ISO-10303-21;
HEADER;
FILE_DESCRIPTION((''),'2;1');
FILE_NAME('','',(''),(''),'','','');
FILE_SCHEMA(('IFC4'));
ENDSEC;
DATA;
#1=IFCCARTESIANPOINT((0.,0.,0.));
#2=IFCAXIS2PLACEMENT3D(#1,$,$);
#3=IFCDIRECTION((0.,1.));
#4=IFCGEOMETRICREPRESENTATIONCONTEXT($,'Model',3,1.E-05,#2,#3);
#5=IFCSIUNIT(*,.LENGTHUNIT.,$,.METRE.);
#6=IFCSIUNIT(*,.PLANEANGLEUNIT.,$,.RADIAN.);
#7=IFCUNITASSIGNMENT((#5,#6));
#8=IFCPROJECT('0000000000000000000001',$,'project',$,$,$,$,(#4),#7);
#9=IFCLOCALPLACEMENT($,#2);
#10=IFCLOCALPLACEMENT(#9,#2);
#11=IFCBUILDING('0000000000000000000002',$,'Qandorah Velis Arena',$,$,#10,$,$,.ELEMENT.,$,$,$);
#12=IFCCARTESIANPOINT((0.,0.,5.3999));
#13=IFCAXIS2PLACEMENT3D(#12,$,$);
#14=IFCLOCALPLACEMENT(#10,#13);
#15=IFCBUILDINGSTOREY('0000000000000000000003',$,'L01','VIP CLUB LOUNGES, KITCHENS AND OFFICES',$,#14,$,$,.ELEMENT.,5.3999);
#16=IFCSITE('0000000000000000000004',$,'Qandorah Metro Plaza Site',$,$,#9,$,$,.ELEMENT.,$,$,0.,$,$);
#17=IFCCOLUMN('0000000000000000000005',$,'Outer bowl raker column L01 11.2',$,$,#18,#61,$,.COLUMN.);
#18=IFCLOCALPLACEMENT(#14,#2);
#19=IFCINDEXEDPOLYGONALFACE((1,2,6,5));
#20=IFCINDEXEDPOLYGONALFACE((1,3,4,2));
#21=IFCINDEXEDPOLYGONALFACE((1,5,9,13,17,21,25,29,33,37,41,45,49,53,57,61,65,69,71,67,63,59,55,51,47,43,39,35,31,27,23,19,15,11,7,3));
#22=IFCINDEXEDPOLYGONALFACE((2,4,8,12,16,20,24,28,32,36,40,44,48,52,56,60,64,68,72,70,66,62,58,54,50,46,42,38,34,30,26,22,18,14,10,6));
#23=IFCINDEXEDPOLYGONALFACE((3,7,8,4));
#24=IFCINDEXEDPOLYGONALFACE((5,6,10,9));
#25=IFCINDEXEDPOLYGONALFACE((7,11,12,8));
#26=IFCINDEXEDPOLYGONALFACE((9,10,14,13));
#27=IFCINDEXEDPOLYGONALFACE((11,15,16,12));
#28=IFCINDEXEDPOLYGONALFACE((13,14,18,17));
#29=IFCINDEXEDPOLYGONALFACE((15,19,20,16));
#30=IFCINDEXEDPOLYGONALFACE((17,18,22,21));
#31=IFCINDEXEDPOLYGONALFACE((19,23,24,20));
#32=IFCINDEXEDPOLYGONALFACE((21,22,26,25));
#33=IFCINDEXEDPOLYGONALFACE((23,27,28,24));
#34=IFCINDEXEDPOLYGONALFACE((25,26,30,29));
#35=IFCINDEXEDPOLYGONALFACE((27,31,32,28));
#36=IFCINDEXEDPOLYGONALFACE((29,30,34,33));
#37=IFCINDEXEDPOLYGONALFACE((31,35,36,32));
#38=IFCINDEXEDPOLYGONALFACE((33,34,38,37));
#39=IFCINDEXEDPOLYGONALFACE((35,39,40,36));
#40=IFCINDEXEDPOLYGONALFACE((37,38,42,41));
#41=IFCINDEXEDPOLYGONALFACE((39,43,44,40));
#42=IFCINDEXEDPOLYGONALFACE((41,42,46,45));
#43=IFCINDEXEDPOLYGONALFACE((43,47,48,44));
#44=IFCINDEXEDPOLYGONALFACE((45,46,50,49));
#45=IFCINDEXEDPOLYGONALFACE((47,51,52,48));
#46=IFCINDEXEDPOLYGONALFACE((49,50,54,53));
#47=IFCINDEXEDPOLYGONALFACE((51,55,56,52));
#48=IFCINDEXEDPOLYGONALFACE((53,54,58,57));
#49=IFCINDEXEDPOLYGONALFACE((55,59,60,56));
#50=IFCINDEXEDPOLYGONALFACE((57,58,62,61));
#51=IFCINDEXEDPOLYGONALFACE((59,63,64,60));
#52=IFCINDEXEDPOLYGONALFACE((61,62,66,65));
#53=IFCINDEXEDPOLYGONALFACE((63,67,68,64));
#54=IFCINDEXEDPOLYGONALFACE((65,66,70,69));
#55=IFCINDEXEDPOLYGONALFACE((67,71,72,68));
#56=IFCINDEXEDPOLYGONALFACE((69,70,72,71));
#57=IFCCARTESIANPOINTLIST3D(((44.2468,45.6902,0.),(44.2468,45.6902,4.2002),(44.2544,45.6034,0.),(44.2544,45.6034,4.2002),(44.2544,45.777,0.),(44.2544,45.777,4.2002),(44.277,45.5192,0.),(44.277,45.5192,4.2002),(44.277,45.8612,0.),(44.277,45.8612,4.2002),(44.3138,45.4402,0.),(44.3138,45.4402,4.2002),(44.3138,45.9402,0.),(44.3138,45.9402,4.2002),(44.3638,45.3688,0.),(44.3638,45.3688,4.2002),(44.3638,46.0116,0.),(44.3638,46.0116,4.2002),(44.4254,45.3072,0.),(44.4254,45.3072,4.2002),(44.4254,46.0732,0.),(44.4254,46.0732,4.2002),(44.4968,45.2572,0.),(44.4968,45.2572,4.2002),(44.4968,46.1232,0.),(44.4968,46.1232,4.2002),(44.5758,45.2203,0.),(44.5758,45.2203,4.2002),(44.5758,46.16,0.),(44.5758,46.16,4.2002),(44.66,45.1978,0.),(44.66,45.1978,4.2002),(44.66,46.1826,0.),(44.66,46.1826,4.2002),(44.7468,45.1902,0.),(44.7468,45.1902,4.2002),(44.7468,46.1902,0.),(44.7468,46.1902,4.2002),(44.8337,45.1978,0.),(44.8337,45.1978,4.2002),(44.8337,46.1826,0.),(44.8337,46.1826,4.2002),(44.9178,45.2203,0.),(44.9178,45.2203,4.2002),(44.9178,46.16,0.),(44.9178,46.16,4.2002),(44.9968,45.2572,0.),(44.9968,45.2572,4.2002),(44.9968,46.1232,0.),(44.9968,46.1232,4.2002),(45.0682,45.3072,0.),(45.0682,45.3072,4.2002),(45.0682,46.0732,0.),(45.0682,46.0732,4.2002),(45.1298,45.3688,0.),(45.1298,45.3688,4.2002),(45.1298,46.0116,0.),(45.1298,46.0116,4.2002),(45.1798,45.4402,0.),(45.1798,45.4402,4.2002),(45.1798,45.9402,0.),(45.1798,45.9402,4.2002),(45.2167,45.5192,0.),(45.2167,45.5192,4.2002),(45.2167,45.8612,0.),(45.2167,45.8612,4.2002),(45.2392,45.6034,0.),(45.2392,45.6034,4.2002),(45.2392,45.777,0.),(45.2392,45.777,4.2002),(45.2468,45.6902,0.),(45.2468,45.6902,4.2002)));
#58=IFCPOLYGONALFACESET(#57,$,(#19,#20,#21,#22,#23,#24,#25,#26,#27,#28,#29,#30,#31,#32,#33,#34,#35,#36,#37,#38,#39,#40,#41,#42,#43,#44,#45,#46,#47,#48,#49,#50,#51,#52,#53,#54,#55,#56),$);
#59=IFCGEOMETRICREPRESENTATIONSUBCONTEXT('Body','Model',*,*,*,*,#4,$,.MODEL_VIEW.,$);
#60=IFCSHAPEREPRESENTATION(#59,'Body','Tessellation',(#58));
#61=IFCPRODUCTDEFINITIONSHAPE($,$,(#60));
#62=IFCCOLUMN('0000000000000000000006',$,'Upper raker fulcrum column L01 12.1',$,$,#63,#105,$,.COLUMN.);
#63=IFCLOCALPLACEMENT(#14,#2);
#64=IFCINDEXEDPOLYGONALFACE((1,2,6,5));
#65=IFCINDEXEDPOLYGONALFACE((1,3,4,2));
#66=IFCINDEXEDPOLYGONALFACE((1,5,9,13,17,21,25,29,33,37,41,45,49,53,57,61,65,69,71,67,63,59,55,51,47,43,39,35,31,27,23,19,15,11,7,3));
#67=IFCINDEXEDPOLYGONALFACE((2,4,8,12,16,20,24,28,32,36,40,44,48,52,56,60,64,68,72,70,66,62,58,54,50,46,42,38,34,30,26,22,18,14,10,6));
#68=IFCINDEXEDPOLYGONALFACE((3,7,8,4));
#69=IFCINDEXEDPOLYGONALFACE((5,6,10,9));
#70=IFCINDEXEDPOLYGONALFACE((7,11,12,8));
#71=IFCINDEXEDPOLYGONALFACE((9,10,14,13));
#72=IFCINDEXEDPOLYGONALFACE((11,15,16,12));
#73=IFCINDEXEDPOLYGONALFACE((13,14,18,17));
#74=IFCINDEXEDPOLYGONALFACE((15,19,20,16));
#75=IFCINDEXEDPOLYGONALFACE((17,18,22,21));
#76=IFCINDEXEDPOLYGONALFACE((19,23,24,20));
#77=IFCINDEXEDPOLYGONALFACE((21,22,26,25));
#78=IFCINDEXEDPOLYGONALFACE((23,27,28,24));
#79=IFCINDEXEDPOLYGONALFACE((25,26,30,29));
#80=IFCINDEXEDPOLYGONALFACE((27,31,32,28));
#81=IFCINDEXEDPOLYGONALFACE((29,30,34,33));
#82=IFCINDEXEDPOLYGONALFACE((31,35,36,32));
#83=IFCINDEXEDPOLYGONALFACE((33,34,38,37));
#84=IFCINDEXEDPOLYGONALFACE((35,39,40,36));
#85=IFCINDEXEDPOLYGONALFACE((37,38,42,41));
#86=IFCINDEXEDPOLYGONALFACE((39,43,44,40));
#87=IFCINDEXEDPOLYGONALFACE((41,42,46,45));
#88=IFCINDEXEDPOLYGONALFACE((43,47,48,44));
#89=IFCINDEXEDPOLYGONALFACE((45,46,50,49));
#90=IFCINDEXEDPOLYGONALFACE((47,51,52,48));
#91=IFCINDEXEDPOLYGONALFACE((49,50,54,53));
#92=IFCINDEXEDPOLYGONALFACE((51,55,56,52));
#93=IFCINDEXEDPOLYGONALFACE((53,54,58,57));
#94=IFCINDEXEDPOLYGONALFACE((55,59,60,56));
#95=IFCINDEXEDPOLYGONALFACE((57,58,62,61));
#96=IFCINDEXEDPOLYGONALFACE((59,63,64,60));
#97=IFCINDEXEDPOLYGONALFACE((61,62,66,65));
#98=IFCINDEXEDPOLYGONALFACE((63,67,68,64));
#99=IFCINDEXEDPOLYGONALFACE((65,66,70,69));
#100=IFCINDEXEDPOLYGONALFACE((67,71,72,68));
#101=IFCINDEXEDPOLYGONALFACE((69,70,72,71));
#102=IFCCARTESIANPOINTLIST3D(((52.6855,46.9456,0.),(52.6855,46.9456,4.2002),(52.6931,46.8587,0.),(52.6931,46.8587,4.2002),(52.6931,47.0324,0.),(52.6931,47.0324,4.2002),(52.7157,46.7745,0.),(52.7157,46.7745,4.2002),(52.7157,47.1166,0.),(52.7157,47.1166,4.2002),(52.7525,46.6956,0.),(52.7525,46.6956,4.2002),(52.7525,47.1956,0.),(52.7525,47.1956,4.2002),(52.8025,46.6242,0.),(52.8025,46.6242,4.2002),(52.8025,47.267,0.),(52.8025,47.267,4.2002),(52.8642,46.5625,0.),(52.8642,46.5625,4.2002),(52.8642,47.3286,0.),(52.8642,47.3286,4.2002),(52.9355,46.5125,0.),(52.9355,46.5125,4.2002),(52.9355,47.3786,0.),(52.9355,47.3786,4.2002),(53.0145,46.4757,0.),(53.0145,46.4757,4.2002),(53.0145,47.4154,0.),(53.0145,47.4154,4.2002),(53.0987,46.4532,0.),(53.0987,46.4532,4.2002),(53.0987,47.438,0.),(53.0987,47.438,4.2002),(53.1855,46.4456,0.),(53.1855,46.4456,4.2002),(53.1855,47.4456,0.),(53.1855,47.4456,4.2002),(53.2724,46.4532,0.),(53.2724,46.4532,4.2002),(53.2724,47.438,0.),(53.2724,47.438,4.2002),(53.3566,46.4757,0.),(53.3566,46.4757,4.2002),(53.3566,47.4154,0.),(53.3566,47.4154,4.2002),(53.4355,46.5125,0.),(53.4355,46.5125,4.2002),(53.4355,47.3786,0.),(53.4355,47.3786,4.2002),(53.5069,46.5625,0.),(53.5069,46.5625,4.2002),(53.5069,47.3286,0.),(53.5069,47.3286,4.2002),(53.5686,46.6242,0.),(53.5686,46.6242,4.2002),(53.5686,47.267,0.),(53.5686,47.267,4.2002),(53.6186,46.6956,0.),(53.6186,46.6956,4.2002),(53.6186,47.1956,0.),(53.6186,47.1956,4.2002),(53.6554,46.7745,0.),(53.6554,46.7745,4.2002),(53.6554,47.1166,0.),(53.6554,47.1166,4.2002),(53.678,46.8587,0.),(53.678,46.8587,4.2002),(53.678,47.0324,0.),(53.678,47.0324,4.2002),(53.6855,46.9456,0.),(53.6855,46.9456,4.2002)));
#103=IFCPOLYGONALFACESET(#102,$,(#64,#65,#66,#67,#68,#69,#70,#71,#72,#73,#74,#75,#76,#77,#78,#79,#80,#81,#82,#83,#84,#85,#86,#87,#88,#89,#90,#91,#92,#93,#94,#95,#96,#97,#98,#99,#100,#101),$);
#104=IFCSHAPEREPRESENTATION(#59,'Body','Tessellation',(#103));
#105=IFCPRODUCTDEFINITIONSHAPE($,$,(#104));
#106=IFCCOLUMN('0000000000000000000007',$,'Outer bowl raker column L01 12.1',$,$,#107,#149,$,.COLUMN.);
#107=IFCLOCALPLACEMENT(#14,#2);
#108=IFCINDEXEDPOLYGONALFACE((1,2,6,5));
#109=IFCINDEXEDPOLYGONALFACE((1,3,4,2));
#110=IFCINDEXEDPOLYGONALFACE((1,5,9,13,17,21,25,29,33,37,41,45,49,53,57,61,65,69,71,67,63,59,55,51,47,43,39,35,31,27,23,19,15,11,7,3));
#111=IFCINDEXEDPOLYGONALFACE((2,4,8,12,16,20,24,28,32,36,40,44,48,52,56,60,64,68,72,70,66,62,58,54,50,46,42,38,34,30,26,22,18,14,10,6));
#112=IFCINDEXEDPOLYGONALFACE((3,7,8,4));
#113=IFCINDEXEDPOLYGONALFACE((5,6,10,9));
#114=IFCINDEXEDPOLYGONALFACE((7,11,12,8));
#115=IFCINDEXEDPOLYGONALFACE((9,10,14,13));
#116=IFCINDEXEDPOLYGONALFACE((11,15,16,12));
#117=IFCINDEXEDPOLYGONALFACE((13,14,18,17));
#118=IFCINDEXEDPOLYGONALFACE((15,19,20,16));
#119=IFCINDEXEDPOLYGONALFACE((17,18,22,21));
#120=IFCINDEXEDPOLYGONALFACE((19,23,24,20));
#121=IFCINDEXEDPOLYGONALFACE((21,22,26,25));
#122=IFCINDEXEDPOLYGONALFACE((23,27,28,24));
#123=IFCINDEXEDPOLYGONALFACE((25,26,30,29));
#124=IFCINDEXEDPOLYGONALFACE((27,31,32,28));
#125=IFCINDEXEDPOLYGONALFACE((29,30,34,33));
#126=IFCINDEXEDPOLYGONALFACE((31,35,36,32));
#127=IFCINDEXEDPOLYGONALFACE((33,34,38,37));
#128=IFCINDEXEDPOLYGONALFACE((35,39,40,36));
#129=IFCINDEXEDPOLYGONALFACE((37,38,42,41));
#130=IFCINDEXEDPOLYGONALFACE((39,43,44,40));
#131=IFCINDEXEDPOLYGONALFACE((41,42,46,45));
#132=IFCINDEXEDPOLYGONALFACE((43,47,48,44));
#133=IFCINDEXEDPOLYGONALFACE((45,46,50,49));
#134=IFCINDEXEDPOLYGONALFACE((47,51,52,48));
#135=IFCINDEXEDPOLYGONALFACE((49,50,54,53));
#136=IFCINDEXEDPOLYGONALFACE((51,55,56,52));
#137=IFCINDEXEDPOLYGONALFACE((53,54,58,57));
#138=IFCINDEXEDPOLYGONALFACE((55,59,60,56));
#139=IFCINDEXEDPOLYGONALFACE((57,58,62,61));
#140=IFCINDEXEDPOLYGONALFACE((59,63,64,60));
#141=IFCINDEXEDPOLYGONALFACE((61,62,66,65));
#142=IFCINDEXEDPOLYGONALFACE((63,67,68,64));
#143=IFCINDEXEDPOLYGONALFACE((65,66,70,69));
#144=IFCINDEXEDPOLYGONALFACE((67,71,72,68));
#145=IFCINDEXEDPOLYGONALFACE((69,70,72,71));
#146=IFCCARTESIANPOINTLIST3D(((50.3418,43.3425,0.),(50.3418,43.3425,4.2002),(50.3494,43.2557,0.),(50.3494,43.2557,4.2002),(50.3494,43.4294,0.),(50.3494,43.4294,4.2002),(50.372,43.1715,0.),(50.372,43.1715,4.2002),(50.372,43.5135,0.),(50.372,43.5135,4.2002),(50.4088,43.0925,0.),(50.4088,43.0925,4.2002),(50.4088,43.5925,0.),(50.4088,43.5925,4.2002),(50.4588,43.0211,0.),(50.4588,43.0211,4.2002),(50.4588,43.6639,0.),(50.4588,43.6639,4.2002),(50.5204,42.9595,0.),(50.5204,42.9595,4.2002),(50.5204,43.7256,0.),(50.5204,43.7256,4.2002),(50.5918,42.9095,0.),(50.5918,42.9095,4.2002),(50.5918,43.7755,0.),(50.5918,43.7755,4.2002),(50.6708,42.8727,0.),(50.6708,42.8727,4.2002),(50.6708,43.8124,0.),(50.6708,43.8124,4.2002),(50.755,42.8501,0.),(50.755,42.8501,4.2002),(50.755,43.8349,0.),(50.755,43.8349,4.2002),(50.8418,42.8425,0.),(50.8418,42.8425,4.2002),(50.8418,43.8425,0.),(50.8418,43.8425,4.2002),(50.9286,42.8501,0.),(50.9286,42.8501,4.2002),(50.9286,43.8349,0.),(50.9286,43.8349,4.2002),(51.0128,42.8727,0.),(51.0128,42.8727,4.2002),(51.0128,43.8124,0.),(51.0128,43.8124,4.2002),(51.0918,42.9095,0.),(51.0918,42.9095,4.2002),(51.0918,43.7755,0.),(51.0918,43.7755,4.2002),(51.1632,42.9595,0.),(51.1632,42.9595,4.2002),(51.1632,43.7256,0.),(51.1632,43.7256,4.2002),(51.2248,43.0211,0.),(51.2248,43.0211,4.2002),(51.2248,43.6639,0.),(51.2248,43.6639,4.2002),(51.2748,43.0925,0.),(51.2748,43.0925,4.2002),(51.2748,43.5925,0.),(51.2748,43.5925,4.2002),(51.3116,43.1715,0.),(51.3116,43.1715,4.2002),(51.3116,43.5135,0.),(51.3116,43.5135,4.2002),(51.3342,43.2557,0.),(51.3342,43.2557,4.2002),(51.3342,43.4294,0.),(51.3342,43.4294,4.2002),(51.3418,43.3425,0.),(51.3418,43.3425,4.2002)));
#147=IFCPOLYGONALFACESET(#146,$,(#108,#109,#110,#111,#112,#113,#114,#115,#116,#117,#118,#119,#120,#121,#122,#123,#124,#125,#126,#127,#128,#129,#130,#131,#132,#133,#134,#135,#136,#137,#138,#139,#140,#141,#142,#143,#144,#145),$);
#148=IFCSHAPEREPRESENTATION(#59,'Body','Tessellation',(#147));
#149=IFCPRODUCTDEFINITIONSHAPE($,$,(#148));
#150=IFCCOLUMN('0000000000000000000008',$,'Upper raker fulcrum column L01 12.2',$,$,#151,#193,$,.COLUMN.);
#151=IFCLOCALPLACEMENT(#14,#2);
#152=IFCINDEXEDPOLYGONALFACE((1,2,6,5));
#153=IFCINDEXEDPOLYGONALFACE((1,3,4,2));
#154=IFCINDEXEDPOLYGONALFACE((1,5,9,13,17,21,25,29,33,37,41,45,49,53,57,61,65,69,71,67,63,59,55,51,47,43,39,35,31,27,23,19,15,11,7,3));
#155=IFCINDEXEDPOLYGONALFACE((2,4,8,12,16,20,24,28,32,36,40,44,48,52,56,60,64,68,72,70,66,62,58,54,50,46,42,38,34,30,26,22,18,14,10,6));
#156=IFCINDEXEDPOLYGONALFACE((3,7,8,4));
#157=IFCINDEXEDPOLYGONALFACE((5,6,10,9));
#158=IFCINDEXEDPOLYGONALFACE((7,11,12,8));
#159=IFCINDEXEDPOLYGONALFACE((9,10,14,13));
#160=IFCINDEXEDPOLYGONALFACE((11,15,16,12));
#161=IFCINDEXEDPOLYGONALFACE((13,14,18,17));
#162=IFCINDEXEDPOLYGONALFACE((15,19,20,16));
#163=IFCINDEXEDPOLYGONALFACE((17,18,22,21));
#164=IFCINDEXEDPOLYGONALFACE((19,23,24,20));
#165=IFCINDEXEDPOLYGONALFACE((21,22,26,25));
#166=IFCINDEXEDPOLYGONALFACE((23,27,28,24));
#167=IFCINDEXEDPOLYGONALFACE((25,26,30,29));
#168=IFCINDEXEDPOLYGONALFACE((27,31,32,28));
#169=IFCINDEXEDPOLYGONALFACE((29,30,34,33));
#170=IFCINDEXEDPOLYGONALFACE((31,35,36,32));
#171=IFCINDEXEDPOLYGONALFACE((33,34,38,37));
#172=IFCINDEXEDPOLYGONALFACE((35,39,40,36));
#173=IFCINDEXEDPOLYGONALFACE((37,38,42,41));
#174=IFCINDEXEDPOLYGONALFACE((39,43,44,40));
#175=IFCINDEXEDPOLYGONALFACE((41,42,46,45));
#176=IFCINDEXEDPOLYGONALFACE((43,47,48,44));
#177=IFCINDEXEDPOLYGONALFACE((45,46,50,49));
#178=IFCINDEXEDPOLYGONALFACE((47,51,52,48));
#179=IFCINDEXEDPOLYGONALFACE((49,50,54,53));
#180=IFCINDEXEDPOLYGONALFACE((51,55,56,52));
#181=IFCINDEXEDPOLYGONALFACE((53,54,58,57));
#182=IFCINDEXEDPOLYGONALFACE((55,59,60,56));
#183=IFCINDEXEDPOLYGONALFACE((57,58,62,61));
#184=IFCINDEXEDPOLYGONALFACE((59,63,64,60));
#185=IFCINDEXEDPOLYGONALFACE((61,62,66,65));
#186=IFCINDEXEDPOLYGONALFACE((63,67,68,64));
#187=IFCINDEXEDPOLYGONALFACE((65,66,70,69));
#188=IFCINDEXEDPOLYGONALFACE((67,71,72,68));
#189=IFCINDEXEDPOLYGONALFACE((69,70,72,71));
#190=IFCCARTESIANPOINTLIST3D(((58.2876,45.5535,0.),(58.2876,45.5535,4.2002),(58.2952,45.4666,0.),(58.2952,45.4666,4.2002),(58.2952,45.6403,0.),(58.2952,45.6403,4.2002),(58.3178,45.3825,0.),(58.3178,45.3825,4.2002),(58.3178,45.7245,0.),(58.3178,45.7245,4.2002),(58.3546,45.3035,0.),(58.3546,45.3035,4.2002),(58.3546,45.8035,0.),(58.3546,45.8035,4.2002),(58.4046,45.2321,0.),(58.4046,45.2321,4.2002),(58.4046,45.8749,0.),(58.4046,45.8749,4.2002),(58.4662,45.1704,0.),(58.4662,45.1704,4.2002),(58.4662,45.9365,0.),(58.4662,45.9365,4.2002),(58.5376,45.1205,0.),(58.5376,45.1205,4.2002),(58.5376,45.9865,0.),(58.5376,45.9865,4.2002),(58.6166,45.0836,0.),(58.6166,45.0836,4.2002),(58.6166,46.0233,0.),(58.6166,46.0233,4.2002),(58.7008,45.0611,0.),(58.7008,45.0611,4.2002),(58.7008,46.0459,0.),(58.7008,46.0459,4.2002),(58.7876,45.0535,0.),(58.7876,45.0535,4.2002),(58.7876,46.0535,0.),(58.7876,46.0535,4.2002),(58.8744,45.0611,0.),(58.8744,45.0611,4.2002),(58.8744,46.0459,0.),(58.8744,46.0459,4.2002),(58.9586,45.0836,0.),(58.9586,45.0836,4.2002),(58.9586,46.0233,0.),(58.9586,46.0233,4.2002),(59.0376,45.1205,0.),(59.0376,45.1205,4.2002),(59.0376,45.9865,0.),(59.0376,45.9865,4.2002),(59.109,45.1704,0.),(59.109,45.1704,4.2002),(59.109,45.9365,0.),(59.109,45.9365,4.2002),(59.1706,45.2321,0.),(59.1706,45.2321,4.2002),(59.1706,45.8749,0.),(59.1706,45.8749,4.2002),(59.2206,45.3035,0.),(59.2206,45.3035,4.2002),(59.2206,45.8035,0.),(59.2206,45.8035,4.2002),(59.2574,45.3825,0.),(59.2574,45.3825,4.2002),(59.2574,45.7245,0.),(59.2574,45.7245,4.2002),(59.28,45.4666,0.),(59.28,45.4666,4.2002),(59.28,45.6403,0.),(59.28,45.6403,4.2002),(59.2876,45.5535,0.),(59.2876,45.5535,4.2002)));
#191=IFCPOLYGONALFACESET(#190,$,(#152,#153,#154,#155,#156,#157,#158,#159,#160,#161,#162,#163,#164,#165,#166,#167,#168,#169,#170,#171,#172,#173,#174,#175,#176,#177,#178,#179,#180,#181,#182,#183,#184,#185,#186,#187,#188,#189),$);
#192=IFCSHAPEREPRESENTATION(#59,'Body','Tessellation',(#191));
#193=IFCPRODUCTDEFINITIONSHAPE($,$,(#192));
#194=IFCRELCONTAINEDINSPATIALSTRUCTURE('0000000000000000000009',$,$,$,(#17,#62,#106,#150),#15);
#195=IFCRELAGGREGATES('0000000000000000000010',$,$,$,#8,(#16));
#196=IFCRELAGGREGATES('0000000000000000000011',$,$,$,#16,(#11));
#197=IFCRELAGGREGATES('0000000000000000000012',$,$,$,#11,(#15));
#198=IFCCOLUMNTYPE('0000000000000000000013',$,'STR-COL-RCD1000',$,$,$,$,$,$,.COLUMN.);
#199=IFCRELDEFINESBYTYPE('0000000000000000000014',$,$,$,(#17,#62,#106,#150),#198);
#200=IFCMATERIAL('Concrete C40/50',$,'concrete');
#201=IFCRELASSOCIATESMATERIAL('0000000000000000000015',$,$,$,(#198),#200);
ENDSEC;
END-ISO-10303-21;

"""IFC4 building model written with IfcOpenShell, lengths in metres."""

from ifc_helpers import new_model, si_unit, direction, frame, origin, origin_2d, place, context, subcontext, project, spatial, circle, extrude, material, material_profile, profile_set, type_object, element, save


model = new_model("IFC4")

# Units and contexts
model_context = context("Model", 3, precision=1e-05, world=origin(), true_north=direction((0.0, 1.0)))
body_context = subcontext(model_context, "Body", "Model", "MODEL_VIEW")
ifc_project = project(units=[si_unit("LENGTHUNIT", "METRE"), si_unit("PLANEANGLEUNIT", "RADIAN")], contexts=[model_context])

# Site, building, storey
site_placement = place(None, origin())
site = spatial("IfcSite", under=ifc_project, at=site_placement, Name="Qandorah Metro Plaza Site", CompositionType="ELEMENT", RefElevation=0.0)
building_placement = place(site_placement, origin())
building = spatial("IfcBuilding", under=site, at=building_placement, Name="Qandorah Velis Arena", CompositionType="ELEMENT")
storey_placement = place(building_placement, frame((0.0, 0.0, 5.3999)))
storey = spatial("IfcBuildingStorey", under=building, at=storey_placement, Name="L01", Description="VIP CLUB LOUNGES, KITCHENS AND OFFICES", CompositionType="ELEMENT", Elevation=5.3999)

# Columns
ifc_material_1 = material(Name="Concrete C40/50", Category="concrete")
ifc_material_profile_1 = material_profile(ifc_material_1, circle(Radius=0.5, at=origin_2d()), Name="RC D1000")
ifc_profile_set_1 = profile_set([ifc_material_profile_1], Name="Concrete C40/50")
column_type_1 = type_object("IfcColumnType", Name="STR-COL-RCD1000", PredefinedType="COLUMN", material=ifc_profile_set_1)
for number, where, z_axis, x_axis, name in (
    (1, (44.7468, 45.6902, 0.0), (0.0, 0.0, 1.0), (1.0, 0.0, 0.0), "Outer bowl raker column L01 11.2"),
    (2, (53.1855, 46.9456, 0.0), (0.0, 0.0, 1.0), (1.0, 0.0, 0.0), "Upper raker fulcrum column L01 12.1"),
    (3, (50.8418, 43.3425, 0.0), (0.0, 0.0, 1.0), (1.0, 0.0, 0.0), "Outer bowl raker column L01 12.1"),
    (4, (58.7876, 45.5535, 0.0), (0.0, 0.0, 1.0), (1.0, 0.0, 0.0), "Upper raker fulcrum column L01 12.2"),
):
    element("IfcColumn", number, at=place(storey_placement, frame(where, z_axis=z_axis, x_axis=x_axis)), inside=storey, type_object=column_type_1, Name=name, PredefinedType="COLUMN", context=body_context, shape_type="SweptSolid", body=[
        extrude(circle(Radius=0.5, at=origin_2d()), origin(), (0.0, 0.0, 1.0), 4.2002),
    ])

save(model, "model.ifc")
